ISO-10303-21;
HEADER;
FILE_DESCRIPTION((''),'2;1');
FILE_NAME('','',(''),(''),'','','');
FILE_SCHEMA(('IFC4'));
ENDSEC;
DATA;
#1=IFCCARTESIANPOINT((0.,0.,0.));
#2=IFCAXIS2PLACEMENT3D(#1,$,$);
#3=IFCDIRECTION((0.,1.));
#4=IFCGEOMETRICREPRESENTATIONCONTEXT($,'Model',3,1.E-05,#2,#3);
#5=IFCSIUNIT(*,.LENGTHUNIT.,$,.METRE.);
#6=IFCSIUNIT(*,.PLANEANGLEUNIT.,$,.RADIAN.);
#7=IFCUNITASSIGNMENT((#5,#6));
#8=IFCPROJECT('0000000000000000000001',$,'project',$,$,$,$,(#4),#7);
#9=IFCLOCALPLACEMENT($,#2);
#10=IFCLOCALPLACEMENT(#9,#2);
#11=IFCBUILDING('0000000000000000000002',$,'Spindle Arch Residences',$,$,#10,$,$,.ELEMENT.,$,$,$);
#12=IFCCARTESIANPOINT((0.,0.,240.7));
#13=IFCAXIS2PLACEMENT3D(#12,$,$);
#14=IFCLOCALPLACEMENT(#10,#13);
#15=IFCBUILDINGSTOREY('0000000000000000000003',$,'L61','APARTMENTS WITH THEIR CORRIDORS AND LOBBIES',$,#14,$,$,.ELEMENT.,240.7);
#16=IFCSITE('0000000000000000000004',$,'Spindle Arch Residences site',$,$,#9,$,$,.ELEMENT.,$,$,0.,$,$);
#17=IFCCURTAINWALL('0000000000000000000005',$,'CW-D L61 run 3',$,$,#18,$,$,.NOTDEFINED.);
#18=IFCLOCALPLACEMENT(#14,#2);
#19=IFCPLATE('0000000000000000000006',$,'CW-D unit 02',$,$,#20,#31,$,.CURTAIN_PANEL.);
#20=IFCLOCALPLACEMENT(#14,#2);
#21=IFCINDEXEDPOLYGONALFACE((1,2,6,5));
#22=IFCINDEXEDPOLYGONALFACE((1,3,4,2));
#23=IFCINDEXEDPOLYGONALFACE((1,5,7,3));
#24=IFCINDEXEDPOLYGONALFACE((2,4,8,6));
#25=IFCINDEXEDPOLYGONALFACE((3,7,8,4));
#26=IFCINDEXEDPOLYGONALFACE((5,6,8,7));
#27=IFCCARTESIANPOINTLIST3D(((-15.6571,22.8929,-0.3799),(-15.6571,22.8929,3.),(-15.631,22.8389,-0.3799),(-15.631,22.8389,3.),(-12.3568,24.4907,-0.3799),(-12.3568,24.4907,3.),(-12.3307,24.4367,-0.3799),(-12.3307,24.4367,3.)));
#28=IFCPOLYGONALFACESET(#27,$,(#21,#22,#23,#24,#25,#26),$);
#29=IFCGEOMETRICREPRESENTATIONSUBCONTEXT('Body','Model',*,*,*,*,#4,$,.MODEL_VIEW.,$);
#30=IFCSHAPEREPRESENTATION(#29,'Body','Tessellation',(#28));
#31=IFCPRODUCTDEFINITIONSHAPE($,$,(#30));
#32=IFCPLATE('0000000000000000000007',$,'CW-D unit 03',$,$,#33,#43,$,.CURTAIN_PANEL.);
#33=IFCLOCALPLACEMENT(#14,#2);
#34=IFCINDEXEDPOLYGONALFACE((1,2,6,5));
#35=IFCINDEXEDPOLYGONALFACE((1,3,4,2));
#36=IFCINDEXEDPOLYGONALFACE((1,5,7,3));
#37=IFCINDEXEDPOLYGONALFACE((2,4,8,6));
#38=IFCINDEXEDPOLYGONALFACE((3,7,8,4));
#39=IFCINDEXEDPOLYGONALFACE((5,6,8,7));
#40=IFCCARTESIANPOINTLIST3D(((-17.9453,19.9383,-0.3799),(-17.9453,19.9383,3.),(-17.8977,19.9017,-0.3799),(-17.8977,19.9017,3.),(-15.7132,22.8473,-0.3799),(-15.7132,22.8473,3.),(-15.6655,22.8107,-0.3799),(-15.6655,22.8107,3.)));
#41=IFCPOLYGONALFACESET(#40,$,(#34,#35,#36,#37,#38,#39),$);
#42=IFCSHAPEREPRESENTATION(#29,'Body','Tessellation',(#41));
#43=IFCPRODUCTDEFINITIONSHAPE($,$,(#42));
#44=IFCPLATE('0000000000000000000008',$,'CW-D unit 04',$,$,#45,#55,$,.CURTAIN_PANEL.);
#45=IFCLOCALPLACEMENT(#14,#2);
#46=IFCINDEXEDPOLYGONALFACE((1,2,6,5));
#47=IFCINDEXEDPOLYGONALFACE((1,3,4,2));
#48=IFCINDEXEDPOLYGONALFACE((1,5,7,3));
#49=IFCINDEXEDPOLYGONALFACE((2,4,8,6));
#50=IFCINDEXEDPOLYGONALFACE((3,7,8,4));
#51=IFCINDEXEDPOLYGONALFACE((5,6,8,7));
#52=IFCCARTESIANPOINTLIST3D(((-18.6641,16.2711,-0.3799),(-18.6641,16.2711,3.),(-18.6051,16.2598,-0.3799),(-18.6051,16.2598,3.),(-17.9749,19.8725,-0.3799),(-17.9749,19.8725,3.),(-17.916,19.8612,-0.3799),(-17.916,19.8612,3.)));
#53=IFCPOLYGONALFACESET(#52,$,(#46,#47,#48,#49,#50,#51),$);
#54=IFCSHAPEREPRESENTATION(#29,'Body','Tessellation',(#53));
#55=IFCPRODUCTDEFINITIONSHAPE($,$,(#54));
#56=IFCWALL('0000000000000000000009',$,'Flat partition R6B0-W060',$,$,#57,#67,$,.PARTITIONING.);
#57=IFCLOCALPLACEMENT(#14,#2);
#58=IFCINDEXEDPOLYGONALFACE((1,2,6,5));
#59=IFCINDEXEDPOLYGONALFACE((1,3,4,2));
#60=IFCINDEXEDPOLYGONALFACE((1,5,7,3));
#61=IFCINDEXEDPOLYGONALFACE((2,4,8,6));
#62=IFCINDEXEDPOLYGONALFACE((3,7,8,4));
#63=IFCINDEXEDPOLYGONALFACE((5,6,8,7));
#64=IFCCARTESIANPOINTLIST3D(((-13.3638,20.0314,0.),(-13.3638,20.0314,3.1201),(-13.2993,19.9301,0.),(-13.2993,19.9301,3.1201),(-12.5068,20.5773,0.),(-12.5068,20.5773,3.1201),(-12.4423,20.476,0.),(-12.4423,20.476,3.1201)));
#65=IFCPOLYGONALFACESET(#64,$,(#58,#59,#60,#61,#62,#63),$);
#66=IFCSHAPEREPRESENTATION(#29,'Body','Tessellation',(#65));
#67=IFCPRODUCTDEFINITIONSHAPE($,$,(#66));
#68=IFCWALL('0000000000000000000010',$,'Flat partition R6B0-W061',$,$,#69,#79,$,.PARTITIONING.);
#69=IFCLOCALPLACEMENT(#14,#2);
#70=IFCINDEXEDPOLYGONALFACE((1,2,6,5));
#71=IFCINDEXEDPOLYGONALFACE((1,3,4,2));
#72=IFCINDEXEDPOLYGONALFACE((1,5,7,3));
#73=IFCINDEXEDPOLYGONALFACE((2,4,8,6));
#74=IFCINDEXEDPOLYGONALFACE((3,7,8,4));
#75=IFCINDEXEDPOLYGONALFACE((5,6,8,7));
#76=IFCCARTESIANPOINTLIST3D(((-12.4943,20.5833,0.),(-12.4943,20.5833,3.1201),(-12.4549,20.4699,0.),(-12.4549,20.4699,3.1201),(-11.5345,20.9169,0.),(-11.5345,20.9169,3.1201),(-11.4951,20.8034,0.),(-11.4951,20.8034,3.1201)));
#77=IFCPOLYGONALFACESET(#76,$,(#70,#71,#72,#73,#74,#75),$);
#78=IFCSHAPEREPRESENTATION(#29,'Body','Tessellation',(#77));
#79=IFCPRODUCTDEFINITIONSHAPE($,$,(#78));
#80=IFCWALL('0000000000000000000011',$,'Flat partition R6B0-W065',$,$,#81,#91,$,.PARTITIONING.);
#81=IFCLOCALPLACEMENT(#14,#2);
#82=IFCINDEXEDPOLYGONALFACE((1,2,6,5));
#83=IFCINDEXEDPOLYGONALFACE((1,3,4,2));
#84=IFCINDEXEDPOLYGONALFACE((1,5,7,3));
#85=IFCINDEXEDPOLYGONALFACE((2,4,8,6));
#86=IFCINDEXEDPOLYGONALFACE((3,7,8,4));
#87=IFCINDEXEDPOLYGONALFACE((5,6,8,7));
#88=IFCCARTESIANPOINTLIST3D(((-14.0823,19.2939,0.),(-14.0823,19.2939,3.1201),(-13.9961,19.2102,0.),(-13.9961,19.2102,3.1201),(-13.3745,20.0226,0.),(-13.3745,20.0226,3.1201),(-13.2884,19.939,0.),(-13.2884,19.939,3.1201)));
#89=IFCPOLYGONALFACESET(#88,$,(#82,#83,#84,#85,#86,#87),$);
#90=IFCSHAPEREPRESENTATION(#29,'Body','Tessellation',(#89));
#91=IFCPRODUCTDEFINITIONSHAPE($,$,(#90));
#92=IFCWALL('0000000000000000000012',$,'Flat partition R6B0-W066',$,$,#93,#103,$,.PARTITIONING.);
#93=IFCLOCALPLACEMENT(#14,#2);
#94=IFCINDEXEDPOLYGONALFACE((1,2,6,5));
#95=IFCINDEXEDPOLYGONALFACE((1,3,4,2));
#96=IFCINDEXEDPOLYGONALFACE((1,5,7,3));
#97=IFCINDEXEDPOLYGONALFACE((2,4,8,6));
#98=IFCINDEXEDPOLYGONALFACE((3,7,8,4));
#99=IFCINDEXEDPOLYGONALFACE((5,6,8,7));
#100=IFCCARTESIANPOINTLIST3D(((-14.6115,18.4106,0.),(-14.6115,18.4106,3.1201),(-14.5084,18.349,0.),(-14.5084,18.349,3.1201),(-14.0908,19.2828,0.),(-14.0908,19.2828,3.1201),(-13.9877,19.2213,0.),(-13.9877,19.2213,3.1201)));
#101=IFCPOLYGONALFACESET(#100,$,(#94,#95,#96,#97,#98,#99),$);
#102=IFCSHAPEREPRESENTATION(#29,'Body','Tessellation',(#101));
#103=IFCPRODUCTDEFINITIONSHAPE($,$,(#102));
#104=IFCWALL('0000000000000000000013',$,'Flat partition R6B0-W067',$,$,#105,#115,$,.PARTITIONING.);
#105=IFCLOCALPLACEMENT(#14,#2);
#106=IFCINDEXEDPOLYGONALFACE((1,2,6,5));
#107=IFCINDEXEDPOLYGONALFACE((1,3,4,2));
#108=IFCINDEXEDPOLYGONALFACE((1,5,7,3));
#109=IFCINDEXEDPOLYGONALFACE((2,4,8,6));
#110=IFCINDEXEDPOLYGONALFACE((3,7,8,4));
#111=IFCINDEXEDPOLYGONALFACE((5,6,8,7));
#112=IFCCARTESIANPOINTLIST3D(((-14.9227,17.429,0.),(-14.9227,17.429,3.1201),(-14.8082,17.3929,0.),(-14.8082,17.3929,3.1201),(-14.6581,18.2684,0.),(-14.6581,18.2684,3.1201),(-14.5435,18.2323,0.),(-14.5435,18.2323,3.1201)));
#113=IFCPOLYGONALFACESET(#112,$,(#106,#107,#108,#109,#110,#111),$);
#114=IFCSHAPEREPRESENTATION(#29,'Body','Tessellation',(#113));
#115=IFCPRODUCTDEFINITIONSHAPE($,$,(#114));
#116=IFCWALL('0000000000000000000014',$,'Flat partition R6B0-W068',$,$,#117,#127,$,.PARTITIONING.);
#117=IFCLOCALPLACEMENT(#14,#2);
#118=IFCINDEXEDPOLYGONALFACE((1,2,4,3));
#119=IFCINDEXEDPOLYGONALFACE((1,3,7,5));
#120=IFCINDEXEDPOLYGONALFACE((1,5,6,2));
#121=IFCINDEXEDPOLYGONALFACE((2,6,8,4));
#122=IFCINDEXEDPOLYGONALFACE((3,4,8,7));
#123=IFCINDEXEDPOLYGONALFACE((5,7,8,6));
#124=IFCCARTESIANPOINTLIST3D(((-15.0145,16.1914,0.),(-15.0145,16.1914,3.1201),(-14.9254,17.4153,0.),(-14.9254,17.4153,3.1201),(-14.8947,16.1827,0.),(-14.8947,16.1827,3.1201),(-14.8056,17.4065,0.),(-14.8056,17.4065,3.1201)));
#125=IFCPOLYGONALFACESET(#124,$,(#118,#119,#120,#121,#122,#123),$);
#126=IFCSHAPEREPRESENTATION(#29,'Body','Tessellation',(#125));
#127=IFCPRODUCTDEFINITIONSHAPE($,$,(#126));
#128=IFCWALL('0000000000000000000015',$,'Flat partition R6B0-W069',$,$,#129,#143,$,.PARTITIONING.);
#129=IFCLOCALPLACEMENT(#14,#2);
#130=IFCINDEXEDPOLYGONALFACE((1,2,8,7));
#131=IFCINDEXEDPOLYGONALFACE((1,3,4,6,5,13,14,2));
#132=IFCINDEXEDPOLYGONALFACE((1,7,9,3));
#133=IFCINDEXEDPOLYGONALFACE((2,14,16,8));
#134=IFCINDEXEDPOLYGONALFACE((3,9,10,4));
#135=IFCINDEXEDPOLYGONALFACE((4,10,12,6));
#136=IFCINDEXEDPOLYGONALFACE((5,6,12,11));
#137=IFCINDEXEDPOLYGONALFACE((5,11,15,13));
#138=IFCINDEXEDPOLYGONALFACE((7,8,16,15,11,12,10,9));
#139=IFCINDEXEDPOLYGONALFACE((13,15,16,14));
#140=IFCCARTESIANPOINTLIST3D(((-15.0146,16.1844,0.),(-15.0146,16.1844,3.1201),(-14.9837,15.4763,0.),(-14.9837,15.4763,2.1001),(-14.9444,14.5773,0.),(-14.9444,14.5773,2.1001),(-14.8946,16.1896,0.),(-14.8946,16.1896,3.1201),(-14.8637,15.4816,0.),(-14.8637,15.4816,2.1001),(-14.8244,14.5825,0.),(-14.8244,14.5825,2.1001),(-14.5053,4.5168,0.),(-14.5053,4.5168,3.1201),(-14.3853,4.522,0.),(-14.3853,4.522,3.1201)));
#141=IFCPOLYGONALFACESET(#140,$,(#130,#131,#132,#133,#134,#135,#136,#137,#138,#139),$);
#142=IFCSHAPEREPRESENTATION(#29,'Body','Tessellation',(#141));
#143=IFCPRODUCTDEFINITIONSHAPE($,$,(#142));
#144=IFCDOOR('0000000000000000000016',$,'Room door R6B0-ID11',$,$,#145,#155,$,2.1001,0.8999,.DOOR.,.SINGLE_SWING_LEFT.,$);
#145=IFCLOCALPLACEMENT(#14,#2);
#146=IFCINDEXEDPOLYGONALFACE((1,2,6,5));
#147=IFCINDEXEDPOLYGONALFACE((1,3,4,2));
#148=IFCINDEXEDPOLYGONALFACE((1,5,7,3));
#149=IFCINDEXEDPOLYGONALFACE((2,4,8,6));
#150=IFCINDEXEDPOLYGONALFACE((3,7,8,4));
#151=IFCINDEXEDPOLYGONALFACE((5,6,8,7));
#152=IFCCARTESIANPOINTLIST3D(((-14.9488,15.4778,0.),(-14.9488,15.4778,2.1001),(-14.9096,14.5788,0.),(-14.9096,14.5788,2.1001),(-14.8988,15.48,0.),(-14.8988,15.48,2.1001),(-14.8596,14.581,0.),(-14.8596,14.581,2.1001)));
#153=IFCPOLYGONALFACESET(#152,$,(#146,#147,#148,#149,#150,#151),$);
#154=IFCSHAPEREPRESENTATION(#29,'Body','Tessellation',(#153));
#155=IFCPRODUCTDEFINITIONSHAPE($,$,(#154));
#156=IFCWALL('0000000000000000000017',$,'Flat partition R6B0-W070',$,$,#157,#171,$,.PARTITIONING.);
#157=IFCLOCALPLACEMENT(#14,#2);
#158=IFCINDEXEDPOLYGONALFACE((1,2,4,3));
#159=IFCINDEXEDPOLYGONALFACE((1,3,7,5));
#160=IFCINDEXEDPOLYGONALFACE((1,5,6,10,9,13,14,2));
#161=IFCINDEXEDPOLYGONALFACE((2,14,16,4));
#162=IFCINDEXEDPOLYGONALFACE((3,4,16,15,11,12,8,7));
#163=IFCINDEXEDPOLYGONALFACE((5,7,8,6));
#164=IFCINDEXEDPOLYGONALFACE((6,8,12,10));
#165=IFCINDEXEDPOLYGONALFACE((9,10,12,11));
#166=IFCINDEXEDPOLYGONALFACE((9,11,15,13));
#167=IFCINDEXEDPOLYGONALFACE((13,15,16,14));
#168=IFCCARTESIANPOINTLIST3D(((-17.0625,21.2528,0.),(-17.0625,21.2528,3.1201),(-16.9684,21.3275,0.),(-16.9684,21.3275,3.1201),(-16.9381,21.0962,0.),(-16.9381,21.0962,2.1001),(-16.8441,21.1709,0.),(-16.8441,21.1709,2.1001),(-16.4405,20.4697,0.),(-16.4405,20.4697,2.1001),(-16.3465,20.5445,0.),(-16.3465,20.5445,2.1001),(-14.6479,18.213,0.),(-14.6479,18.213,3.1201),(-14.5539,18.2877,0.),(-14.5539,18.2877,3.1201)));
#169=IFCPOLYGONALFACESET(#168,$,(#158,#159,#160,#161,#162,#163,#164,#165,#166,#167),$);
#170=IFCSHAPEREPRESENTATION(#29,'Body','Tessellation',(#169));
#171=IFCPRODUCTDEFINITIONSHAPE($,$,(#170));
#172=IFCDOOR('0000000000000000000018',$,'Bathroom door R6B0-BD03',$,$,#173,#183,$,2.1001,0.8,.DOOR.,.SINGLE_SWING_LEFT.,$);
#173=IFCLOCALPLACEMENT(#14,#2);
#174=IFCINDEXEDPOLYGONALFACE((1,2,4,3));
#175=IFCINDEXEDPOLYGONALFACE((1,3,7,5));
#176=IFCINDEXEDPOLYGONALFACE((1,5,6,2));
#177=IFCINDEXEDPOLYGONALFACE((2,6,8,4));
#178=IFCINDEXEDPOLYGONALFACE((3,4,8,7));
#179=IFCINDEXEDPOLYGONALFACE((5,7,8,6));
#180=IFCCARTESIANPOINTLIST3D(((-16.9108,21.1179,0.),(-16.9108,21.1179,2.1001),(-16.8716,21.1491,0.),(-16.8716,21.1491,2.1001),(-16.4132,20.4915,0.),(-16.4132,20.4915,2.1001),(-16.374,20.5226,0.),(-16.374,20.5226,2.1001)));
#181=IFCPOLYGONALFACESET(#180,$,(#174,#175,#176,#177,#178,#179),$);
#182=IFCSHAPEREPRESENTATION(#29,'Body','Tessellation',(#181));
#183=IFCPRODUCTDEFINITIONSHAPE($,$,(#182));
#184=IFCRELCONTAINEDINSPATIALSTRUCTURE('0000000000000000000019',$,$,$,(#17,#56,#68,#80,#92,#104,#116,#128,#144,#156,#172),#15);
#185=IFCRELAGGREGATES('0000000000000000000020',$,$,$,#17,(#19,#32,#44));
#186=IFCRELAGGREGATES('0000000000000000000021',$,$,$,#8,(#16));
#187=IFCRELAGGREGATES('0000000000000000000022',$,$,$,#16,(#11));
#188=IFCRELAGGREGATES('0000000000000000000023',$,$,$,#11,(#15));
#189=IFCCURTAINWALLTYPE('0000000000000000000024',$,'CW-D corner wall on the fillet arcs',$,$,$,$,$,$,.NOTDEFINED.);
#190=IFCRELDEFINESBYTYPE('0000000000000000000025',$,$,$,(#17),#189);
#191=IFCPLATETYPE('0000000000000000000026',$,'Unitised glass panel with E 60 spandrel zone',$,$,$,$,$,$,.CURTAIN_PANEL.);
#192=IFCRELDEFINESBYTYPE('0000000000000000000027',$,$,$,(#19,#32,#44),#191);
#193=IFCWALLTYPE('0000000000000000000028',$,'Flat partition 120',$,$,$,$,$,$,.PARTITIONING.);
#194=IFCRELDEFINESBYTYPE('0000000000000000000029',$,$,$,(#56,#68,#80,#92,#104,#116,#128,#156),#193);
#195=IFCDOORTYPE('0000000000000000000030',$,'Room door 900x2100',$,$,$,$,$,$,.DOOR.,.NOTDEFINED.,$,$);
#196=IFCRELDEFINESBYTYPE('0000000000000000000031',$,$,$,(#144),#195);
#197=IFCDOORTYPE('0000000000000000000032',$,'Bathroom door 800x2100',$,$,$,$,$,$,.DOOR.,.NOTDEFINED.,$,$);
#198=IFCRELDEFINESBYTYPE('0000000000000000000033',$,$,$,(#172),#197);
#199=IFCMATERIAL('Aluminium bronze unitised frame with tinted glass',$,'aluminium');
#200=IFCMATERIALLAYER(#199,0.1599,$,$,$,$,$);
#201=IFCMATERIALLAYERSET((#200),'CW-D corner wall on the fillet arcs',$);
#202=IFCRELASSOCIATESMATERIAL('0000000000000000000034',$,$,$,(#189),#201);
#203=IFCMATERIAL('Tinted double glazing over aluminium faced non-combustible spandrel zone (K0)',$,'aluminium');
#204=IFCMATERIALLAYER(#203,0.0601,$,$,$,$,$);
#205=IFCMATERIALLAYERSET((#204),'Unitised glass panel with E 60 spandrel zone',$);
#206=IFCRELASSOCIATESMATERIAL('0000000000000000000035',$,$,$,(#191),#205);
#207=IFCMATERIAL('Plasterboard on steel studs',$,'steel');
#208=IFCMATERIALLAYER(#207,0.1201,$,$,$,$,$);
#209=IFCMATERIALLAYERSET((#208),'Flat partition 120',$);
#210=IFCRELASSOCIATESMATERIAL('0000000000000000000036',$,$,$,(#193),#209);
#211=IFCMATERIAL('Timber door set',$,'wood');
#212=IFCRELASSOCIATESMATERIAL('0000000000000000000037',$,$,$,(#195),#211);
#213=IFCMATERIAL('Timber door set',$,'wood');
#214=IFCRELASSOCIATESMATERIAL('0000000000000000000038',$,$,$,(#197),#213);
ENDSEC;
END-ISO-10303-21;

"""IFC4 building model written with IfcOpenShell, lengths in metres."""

from ifc_helpers import new_model, si_unit, direction, frame, frame_2d, origin, origin_2d, place, context, subcontext, project, spatial, rectangle, extrude, material, layer, layer_set, type_object, element, fill, aggregate, save


model = new_model("IFC4")

# Units and contexts
model_context = context("Model", 3, precision=1e-05, world=origin(), true_north=direction((0.0, 1.0)))
body_context = subcontext(model_context, "Body", "Model", "MODEL_VIEW")
ifc_project = project(units=[si_unit("LENGTHUNIT", "METRE"), si_unit("PLANEANGLEUNIT", "RADIAN")], contexts=[model_context])

# Site, building, storey
site_placement = place(None, origin())
site = spatial("IfcSite", under=ifc_project, at=site_placement, Name="Spindle Arch Residences site", CompositionType="ELEMENT", RefElevation=0.0)
building_placement = place(site_placement, origin())
building = spatial("IfcBuilding", under=site, at=building_placement, Name="Spindle Arch Residences", CompositionType="ELEMENT")
storey_placement = place(building_placement, frame((0.0, 0.0, 240.7)))
storey = spatial("IfcBuildingStorey", under=building, at=storey_placement, Name="L61", Description="APARTMENTS WITH THEIR CORRIDORS AND LOBBIES", CompositionType="ELEMENT", Elevation=240.7)

# Curtain wall
ifc_material_1 = material(Name="Aluminium bronze unitised frame with tinted glass", Category="aluminium")
ifc_layer_1 = layer(ifc_material_1, 0.1599)
ifc_layer_set_1 = layer_set([ifc_layer_1], Name="CW-D corner wall on the fillet arcs")
curtain_wall_type = type_object("IfcCurtainWallType", Name="CW-D corner wall on the fillet arcs", PredefinedType="NOTDEFINED", material=ifc_layer_set_1)
curtain_wall_placement = place(storey_placement, origin())
curtain_wall = element("IfcCurtainWall", 1, at=curtain_wall_placement, inside=storey, type_object=curtain_wall_type, Name="CW-D L61 run 3", PredefinedType="NOTDEFINED")

# Plates
ifc_material_2 = material(Name="Tinted double glazing over aluminium faced non-combustible spandrel zone (K0)", Category="aluminium")
ifc_layer_2 = layer(ifc_material_2, 0.0601)
ifc_layer_set_2 = layer_set([ifc_layer_2], Name="Unitised glass panel with E 60 spandrel zone")
plate_type = type_object("IfcPlateType", Name="Unitised glass panel with E 60 spandrel zone", PredefinedType="CURTAIN_PANEL", material=ifc_layer_set_2)
plate_1_placement = place(storey_placement, frame((-13.9939, 23.6648, -0.3799), z_axis=(0.0, 0.0, 1.0), x_axis=(-0.900065, -0.435755, 0.0)))
plate_1 = element("IfcPlate", 2, at=plate_1_placement, type_object=plate_type, Name="CW-D unit 02", PredefinedType="CURTAIN_PANEL", context=body_context, shape_type="SweptSolid", body=[
    extrude(rectangle(XDim=3.6667, YDim=0.0601, at=origin_2d()), origin(), (0.0, 0.0, 1.0), 3.3799),
])
plate_2_placement = place(storey_placement, frame((-16.8054, 21.3745, -0.3799), z_axis=(0.0, 0.0, 1.0), x_axis=(-0.608761, -0.793353, 0.0)))
plate_2 = element("IfcPlate", 3, at=plate_2_placement, type_object=plate_type, Name="CW-D unit 03", PredefinedType="CURTAIN_PANEL", context=body_context, shape_type="SweptSolid", body=[
    extrude(rectangle(XDim=3.6667, YDim=0.0601, at=origin_2d()), origin(), (0.0, 0.0, 1.0), 3.3799),
])
plate_3_placement = place(storey_placement, frame((-18.29, 18.0662, -0.3799), z_axis=(0.0, 0.0, 1.0), x_axis=(-0.187953, -0.982178, 0.0)))
plate_3 = element("IfcPlate", 4, at=plate_3_placement, type_object=plate_type, Name="CW-D unit 04", PredefinedType="CURTAIN_PANEL", context=body_context, shape_type="SweptSolid", body=[
    extrude(rectangle(XDim=3.6667, YDim=0.0601, at=origin_2d()), origin(), (0.0, 0.0, 1.0), 3.3799),
])
aggregate(curtain_wall, [plate_1, plate_2, plate_3])

# Walls
ifc_material_3 = material(Name="Plasterboard on steel studs", Category="steel")
ifc_layer_3 = layer(ifc_material_3, 0.1201)
ifc_layer_set_3 = layer_set([ifc_layer_3], Name="Flat partition 120")
wall_type_1 = type_object("IfcWallType", Name="Flat partition 120", PredefinedType="PARTITIONING", material=ifc_layer_set_3)
for number, where, z_axis, x_axis, name in (
    (5, (-13.3315, 19.9807, 0.0), (0.0, 0.0, 1.0), (0.843404, 0.53728, 0.0), "Flat partition R6B0-W060"),
    (6, (-12.4746, 20.5266, 0.0), (0.0, 0.0, 1.0), (0.944594, 0.328241, 0.0), "Flat partition R6B0-W061"),
):
    element("IfcWall", number, at=place(storey_placement, frame(where, z_axis=z_axis, x_axis=x_axis)), inside=storey, type_object=wall_type_1, Name=name, PredefinedType="PARTITIONING", context=body_context, shape_type="SweptSolid", body=[
        extrude(rectangle(XDim=1.0161, YDim=0.1201, at=frame_2d((0.5081, 0.0))), origin(), (0.0, 0.0, 1.0), 3.1201),
    ])
for number, where, z_axis, x_axis, name in (
    (7, (-13.3315, 19.9807, 0.0), (0.0, 0.0, 1.0), (-0.696697, -0.717365, 0.0), "Flat partition R6B0-W065"),
    (8, (-14.0393, 19.252, 0.0), (0.0, 0.0, 1.0), (-0.512586, -0.858636, 0.0), "Flat partition R6B0-W066"),
):
    element("IfcWall", number, at=place(storey_placement, frame(where, z_axis=z_axis, x_axis=x_axis)), inside=storey, type_object=wall_type_1, Name=name, PredefinedType="PARTITIONING", context=body_context, shape_type="SweptSolid", body=[
        extrude(rectangle(XDim=1.0159, YDim=0.1201, at=frame_2d((0.5078, 0.0))), origin(), (0.0, 0.0, 1.0), 3.1201),
    ])
wall_1_placement = place(storey_placement, frame((-14.6008, 18.2502, 0.0), z_axis=(0.0, 0.0, 1.0), x_axis=(-0.300706, -0.953717, 0.0)))
element("IfcWall", 9, at=wall_1_placement, inside=storey, type_object=wall_type_1, Name="Flat partition R6B0-W067", PredefinedType="PARTITIONING", context=body_context, shape_type="SweptSolid", body=[
    extrude(rectangle(XDim=0.8801, YDim=0.1201, at=frame_2d((0.4399, 0.0))), origin(), (0.0, 0.0, 1.0), 3.1201),
])
wall_2_placement = place(storey_placement, frame((-14.8655, 17.4109, 0.0), z_axis=(0.0, 0.0, 1.0), x_axis=(-0.072618, -0.99736, 0.0)))
element("IfcWall", 10, at=wall_2_placement, inside=storey, type_object=wall_type_1, Name="Flat partition R6B0-W068", PredefinedType="PARTITIONING", context=body_context, shape_type="SweptSolid", body=[
    extrude(rectangle(XDim=1.2271, YDim=0.1201, at=frame_2d((0.6135, 0.0))), origin(), (0.0, 0.0, 1.0), 3.1201),
])

# Walls, openings, doors
wall_3_placement = place(storey_placement, frame((-14.9546, 16.187, 0.0), z_axis=(0.0, 0.0, 1.0), x_axis=(0.043608, -0.999049, 0.0)))
wall_3 = element("IfcWall", 11, at=wall_3_placement, inside=storey, type_object=wall_type_1, Name="Flat partition R6B0-W069", PredefinedType="PARTITIONING", context=body_context, shape_type="SweptSolid", body=[
    extrude(rectangle(XDim=11.6787, YDim=0.1201, at=frame_2d((5.8394, 0.0))), origin(), (0.0, 0.0, 1.0), 3.1201),
])
opening_1_placement = place(wall_3_placement, frame((0.7087, 0.0, 0.0)))
opening_1 = element("IfcOpeningElement", 12, at=opening_1_placement, cuts=wall_3, PredefinedType="OPENING", context=body_context, shape_type="SweptSolid", body=[
    extrude(rectangle(XDim=0.8999, YDim=2.1001, at=frame_2d((0.45, 1.05))), frame((0.0, 0.0701, 0.0), z_axis=(0.0, -1.0, 0.0), x_axis=(1.0, 0.0, 0.0)), (0.0, 0.0, 1.0), 0.1401),
])
ifc_material_4 = material(Name="Timber door set", Category="wood")
door_type_1 = type_object("IfcDoorType", Name="Room door 900x2100", OperationType="NOTDEFINED", PredefinedType="DOOR", material=ifc_material_4)
door_1_placement = place(opening_1_placement, origin())
door_1 = element("IfcDoor", 13, at=door_1_placement, inside=storey, type_object=door_type_1, Name="Room door R6B0-ID11", OperationType="SINGLE_SWING_LEFT", OverallHeight=2.1001, OverallWidth=0.8999, PredefinedType="DOOR", context=body_context, shape_type="SweptSolid", body=[
    extrude(rectangle(XDim=0.8999, YDim=2.1001, at=frame_2d((0.45, 1.05))), frame((0.0, 0.0249, 0.0), z_axis=(0.0, -1.0, 0.0), x_axis=(1.0, 0.0, 0.0)), (0.0, 0.0, 1.0), 0.05),
])
fill(opening_1, door_1)
wall_4_placement = place(storey_placement, frame((-17.0154, 21.29, 0.0), z_axis=(0.0, 0.0, 1.0), x_axis=(0.621976, -0.783036, 0.0)))
wall_4 = element("IfcWall", 14, at=wall_4_placement, inside=storey, type_object=wall_type_1, Name="Flat partition R6B0-W070", PredefinedType="PARTITIONING", context=body_context, shape_type="SweptSolid", body=[
    extrude(rectangle(XDim=3.8821, YDim=0.1201, at=frame_2d((1.9409, 0.0))), origin(), (0.0, 0.0, 1.0), 3.1201),
])
opening_2_placement = place(wall_4_placement, frame((0.2, 0.0, 0.0)))
opening_2 = element("IfcOpeningElement", 15, at=opening_2_placement, cuts=wall_4, PredefinedType="OPENING", context=body_context, shape_type="SweptSolid", body=[
    extrude(rectangle(XDim=0.8, YDim=2.1001, at=frame_2d((0.3999, 1.05))), frame((0.0, 0.0701, 0.0), z_axis=(0.0, -1.0, 0.0), x_axis=(1.0, 0.0, 0.0)), (0.0, 0.0, 1.0), 0.1401),
])
ifc_material_5 = material(Name="Timber door set", Category="wood")
door_type_2 = type_object("IfcDoorType", Name="Bathroom door 800x2100", OperationType="NOTDEFINED", PredefinedType="DOOR", material=ifc_material_5)
door_2_placement = place(opening_2_placement, origin())
door_2 = element("IfcDoor", 16, at=door_2_placement, inside=storey, type_object=door_type_2, Name="Bathroom door R6B0-BD03", OperationType="SINGLE_SWING_LEFT", OverallHeight=2.1001, OverallWidth=0.8, PredefinedType="DOOR", context=body_context, shape_type="SweptSolid", body=[
    extrude(rectangle(XDim=0.8, YDim=2.1001, at=frame_2d((0.3999, 1.05))), frame((0.0, 0.0249, 0.0), z_axis=(0.0, -1.0, 0.0), x_axis=(1.0, 0.0, 0.0)), (0.0, 0.0, 1.0), 0.05),
])
fill(opening_2, door_2)

save(model, "model.ifc")
